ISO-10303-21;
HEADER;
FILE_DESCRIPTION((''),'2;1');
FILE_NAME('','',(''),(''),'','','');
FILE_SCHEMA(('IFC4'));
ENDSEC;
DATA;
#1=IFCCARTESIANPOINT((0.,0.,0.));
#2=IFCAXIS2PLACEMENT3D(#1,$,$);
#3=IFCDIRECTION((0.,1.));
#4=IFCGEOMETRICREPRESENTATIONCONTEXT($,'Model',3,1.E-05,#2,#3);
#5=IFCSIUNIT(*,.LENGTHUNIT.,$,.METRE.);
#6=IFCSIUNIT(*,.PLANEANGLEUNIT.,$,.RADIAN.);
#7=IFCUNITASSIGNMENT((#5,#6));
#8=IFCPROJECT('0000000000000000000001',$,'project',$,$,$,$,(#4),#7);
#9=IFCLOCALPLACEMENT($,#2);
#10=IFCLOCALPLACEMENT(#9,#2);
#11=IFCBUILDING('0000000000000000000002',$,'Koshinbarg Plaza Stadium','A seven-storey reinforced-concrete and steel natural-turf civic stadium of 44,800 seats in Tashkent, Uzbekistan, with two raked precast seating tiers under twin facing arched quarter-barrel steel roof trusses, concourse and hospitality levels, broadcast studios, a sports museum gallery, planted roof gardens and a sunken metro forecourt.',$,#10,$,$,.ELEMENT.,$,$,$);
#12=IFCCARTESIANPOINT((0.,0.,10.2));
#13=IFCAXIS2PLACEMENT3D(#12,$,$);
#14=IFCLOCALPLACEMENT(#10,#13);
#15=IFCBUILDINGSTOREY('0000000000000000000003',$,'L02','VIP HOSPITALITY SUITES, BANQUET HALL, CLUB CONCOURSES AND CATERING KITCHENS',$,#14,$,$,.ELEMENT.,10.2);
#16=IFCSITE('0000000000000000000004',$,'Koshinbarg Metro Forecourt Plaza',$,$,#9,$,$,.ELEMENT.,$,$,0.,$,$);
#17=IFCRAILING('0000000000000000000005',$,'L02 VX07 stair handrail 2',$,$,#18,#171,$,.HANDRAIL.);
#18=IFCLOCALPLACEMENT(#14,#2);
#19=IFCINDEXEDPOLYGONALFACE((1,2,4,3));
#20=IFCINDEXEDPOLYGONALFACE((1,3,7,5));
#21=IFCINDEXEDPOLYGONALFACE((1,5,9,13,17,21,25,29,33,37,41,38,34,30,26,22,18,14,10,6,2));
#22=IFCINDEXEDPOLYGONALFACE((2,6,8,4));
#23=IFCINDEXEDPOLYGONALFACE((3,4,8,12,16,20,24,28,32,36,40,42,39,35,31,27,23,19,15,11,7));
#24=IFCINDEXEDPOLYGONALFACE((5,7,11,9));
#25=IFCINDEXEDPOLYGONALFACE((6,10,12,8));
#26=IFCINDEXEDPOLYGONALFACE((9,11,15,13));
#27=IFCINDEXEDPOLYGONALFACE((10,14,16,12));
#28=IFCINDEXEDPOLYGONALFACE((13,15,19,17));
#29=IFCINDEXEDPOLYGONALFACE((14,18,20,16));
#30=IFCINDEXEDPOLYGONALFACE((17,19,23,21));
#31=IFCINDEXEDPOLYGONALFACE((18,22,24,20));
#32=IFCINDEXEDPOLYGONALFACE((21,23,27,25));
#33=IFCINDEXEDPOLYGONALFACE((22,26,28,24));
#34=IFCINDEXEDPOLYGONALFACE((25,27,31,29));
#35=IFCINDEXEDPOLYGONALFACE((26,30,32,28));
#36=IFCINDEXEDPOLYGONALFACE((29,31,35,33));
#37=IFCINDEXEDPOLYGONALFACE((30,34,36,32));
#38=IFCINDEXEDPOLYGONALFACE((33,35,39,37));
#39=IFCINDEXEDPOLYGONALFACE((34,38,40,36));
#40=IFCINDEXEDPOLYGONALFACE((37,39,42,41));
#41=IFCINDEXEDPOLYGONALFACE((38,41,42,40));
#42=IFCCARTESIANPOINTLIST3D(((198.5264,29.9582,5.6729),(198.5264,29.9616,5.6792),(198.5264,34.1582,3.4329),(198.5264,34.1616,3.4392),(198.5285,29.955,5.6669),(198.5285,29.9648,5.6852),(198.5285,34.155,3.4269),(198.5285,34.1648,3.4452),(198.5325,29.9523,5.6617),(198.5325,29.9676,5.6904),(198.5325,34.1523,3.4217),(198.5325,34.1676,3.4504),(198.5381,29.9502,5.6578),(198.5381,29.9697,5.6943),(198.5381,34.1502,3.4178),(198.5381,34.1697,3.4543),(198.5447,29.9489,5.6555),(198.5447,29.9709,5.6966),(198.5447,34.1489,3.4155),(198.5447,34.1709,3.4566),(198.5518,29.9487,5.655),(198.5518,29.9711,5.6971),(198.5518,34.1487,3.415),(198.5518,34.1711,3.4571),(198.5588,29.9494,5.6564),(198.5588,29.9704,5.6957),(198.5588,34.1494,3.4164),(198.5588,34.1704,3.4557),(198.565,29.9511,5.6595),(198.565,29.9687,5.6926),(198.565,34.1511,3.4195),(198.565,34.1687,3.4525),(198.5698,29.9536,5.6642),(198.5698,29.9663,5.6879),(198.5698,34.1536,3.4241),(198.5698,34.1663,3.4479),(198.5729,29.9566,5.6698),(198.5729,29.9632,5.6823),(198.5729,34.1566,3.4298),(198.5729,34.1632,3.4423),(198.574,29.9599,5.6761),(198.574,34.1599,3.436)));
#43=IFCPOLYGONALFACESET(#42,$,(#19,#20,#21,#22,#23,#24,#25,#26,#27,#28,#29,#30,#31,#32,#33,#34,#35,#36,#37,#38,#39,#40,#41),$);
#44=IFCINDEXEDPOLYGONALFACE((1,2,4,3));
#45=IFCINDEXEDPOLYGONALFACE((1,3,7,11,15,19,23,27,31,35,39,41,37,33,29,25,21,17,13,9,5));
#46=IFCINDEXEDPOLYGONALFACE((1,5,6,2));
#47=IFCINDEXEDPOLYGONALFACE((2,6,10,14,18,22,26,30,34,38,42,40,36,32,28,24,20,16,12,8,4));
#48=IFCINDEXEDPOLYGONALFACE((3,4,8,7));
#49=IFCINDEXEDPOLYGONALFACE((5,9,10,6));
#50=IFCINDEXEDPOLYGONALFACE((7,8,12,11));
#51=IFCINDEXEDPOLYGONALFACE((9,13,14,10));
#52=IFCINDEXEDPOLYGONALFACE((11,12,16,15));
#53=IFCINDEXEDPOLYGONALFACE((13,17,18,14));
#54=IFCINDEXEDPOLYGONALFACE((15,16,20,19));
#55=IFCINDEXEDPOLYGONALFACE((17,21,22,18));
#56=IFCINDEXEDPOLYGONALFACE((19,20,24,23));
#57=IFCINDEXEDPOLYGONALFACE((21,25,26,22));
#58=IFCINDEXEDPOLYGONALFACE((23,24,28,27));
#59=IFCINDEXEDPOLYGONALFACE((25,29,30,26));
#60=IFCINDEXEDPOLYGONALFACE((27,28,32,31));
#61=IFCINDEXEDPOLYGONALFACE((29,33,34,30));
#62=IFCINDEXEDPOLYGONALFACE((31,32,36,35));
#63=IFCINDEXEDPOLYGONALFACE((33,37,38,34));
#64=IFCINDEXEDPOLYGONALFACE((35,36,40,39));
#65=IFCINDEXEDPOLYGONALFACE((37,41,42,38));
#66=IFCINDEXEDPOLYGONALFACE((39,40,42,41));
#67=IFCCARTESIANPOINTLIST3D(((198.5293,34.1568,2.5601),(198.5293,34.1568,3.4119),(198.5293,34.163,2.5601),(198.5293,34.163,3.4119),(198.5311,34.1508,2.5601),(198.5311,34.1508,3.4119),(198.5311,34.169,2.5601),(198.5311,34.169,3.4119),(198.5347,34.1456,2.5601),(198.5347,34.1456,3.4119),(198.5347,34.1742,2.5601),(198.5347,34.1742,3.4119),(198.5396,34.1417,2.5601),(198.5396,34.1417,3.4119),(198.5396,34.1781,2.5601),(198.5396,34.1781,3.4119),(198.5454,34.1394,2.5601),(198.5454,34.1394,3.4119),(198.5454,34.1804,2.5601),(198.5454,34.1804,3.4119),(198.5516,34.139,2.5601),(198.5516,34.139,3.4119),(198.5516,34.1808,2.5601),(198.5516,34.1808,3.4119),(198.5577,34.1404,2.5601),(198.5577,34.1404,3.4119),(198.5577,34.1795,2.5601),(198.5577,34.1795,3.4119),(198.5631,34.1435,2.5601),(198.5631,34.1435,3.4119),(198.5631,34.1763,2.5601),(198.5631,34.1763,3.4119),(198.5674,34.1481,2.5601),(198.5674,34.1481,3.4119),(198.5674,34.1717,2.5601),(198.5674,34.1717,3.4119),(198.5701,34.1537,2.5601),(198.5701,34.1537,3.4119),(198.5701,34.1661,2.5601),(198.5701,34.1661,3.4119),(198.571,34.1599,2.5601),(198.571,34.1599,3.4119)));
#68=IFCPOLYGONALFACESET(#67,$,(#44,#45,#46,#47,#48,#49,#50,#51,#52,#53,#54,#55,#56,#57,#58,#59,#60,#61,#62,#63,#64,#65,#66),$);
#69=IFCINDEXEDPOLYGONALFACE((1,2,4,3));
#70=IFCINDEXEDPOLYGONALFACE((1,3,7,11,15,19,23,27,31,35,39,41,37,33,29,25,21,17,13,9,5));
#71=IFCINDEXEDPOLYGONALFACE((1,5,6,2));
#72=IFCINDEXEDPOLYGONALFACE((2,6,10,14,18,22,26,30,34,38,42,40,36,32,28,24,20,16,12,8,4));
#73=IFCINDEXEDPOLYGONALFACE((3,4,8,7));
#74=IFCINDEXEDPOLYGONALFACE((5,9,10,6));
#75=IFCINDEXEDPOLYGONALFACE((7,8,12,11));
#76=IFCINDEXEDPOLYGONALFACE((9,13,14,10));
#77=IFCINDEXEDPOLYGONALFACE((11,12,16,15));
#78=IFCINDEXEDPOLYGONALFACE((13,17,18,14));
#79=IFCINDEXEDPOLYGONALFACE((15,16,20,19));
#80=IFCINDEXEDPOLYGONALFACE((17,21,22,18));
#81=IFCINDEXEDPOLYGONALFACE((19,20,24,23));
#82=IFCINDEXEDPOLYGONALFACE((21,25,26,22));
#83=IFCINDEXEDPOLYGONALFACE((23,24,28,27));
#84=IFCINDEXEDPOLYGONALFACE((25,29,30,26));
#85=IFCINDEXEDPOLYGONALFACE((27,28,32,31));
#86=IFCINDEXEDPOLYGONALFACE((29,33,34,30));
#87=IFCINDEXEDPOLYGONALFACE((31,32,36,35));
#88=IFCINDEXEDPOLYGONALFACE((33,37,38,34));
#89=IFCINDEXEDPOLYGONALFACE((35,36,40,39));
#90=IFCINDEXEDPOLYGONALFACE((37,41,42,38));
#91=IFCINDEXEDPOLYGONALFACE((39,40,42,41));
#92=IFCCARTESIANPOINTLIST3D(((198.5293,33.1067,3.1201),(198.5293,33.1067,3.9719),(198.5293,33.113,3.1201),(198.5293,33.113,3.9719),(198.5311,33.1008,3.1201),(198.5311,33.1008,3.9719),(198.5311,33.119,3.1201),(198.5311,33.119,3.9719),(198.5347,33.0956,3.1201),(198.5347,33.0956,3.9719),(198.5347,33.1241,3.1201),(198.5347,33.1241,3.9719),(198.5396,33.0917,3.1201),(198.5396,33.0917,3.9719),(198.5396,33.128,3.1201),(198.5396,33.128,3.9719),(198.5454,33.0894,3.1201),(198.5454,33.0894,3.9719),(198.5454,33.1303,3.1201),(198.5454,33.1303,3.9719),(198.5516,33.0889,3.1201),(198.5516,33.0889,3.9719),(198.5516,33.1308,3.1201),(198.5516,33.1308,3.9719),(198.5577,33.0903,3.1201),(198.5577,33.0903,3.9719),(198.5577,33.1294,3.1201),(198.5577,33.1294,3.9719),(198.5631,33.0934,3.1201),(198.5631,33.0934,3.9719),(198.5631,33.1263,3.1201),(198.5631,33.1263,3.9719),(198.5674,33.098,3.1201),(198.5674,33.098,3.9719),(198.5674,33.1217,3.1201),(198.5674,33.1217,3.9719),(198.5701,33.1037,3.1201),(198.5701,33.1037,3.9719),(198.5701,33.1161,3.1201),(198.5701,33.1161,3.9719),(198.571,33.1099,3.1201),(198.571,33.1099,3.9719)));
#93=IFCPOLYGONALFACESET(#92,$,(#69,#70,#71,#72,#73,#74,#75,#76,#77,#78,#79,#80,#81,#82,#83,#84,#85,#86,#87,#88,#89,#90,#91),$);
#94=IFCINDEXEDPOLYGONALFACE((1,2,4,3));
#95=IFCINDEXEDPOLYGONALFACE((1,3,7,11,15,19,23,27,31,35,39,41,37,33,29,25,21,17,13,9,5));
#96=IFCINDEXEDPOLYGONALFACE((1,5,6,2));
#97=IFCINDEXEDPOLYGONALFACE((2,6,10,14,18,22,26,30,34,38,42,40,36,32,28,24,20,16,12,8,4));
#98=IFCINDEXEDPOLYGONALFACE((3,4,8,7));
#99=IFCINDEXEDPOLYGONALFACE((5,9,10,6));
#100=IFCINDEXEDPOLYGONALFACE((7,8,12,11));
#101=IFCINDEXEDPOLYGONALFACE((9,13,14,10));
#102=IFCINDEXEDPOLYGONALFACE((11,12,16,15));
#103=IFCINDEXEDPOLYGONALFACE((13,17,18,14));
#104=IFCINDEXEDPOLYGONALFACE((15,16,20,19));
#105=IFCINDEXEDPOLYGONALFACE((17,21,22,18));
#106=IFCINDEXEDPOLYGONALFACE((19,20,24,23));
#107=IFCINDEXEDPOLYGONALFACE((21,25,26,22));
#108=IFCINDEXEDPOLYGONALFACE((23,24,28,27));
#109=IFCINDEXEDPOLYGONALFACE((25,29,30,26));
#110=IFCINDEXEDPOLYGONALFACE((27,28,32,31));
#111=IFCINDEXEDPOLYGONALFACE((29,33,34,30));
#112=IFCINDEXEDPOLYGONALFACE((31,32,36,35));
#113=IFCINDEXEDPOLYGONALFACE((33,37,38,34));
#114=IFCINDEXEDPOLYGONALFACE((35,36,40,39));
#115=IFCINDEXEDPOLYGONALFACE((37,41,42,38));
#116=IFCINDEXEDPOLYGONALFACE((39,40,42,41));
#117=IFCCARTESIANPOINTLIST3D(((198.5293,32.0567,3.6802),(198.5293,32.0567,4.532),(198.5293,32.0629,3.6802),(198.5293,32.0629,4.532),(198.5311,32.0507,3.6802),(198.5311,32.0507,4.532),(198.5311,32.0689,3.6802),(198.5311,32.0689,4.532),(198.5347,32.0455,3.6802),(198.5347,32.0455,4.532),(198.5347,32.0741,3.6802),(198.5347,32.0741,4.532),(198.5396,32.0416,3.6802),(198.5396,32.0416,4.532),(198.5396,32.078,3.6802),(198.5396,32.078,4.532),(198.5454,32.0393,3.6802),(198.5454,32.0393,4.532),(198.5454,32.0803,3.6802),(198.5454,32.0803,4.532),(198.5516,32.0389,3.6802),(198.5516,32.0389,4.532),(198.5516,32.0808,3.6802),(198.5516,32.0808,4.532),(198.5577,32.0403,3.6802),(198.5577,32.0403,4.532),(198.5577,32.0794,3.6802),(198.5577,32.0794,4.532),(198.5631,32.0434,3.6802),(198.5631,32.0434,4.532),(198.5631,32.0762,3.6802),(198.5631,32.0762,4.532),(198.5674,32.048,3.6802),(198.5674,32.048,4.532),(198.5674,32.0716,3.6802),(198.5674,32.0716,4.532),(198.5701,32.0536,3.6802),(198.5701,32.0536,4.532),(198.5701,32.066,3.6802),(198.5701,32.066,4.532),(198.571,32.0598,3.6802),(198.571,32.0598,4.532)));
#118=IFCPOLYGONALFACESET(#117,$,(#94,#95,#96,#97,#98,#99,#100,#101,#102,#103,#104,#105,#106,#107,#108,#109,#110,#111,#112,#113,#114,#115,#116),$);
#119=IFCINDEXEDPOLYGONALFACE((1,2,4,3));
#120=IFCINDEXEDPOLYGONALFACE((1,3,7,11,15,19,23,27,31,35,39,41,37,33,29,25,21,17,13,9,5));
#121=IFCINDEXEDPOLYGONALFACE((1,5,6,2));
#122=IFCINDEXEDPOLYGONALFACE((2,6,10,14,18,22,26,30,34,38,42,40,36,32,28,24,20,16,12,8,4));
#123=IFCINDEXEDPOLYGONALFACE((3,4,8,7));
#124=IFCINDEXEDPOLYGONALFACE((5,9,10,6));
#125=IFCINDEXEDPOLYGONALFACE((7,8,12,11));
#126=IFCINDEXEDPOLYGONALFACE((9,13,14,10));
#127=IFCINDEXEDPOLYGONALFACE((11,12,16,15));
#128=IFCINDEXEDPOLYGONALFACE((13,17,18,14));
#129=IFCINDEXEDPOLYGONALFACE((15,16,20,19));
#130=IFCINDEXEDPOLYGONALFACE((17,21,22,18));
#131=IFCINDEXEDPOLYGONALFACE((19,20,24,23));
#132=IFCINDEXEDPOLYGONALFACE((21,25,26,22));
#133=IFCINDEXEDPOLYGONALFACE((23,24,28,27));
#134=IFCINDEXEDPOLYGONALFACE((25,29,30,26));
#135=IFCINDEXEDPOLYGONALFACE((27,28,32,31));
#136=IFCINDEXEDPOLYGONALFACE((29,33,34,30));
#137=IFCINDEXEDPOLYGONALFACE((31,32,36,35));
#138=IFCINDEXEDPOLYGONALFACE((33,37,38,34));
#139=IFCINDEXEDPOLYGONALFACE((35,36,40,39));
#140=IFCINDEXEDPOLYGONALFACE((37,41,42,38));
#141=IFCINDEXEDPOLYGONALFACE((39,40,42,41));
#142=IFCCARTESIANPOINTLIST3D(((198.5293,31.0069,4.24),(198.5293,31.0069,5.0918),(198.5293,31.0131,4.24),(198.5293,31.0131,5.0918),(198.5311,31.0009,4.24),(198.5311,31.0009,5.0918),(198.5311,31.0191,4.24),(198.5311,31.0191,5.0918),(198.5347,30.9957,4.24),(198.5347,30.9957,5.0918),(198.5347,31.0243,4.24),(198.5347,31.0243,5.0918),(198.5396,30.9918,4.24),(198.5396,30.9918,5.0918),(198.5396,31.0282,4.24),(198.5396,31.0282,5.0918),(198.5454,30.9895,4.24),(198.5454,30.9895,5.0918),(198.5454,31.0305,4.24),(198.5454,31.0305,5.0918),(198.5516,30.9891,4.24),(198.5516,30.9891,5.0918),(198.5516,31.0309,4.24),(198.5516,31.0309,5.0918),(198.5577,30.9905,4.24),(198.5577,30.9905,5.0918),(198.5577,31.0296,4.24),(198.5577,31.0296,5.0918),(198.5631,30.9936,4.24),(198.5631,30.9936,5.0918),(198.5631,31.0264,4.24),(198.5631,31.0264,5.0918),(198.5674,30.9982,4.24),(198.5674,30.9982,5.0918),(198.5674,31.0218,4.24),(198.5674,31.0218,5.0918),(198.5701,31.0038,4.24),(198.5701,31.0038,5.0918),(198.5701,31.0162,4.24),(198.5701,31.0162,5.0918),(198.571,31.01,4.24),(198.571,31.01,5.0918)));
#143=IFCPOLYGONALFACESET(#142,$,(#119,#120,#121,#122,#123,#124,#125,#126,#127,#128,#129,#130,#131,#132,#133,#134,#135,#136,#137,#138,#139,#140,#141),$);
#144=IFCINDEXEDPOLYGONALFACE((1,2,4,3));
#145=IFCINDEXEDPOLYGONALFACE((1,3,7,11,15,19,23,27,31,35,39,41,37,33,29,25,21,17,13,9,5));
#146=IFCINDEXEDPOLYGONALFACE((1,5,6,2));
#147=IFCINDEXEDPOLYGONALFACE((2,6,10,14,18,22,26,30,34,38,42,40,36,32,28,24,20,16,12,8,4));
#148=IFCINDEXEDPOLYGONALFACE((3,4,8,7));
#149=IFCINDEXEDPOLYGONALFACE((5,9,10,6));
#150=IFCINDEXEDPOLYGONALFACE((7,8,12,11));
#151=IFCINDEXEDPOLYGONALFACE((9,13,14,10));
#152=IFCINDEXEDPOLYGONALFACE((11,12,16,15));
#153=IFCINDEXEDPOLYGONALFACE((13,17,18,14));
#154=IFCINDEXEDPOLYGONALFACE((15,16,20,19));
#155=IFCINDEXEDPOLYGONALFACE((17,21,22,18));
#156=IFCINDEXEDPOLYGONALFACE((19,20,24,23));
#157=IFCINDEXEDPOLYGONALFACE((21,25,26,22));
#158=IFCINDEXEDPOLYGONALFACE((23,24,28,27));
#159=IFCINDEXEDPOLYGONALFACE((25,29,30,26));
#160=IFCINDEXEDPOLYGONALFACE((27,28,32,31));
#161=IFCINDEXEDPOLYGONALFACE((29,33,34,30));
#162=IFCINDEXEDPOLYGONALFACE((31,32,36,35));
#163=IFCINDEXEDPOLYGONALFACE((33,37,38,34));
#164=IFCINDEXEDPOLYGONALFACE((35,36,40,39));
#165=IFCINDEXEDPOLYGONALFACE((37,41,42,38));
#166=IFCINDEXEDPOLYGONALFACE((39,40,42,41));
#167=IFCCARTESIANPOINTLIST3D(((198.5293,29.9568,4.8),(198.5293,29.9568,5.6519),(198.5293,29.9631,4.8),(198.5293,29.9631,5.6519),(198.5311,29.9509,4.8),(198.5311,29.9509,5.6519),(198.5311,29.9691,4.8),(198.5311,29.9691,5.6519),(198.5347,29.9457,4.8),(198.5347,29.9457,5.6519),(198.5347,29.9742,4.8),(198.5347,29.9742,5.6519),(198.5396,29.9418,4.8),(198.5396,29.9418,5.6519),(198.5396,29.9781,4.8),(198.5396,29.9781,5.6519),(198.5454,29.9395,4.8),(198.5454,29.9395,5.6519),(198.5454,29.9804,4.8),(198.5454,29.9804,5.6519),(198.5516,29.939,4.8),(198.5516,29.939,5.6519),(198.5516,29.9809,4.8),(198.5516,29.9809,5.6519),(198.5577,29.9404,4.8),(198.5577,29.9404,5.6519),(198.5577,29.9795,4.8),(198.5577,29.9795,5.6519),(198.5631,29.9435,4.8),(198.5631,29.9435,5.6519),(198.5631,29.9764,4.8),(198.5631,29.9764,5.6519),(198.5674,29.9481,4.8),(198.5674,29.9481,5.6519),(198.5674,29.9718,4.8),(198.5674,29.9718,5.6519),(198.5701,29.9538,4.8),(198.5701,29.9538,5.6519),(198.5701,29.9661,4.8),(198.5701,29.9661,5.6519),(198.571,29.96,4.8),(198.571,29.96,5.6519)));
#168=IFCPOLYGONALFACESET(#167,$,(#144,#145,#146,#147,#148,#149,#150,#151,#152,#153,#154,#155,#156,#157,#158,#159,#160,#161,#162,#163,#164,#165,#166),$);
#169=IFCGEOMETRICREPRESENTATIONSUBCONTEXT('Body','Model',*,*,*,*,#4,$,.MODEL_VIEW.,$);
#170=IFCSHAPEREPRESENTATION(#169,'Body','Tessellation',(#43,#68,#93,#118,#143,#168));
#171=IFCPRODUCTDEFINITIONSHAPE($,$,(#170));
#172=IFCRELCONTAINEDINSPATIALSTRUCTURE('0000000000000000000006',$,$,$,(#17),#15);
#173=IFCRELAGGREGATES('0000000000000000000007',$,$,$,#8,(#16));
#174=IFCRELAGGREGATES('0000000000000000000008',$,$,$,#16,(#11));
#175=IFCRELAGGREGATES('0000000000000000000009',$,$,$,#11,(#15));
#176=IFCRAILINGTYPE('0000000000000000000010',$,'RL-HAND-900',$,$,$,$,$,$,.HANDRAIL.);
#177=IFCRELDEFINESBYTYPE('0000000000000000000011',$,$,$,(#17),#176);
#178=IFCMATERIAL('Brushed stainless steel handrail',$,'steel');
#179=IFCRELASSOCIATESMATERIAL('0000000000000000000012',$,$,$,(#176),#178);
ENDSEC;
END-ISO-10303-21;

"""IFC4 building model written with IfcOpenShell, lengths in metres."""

from ifc_helpers import new_model, si_unit, direction, frame, origin, origin_2d, place, context, subcontext, project, spatial, circle, extrude, material, type_object, element, save


model = new_model("IFC4")

# Units and contexts
model_context = context("Model", 3, precision=1e-05, world=origin(), true_north=direction((0.0, 1.0)))
body_context = subcontext(model_context, "Body", "Model", "MODEL_VIEW")
ifc_project = project(units=[si_unit("LENGTHUNIT", "METRE"), si_unit("PLANEANGLEUNIT", "RADIAN")], contexts=[model_context])

# Site, building, storey
site_placement = place(None, origin())
site = spatial("IfcSite", under=ifc_project, at=site_placement, Name="Koshinbarg Metro Forecourt Plaza", CompositionType="ELEMENT", RefElevation=0.0)
building_placement = place(site_placement, origin())
building = spatial("IfcBuilding", under=site, at=building_placement, Name="Koshinbarg Plaza Stadium", Description="A seven-storey reinforced-concrete and steel natural-turf civic stadium of 44,800 seats in Tashkent, Uzbekistan, with two raked precast seating tiers under twin facing arched quarter-barrel steel roof trusses, concourse and hospitality levels, broadcast studios, a sports museum gallery, planted roof gardens and a sunken metro forecourt.", CompositionType="ELEMENT")
storey_placement = place(building_placement, frame((0.0, 0.0, 10.2)))
storey = spatial("IfcBuildingStorey", under=building, at=storey_placement, Name="L02", Description="VIP HOSPITALITY SUITES, BANQUET HALL, CLUB CONCOURSES AND CATERING KITCHENS", CompositionType="ELEMENT", Elevation=10.2)

# Railing
ifc_material_1 = material(Name="Brushed stainless steel handrail", Category="steel")
railing_type_1 = type_object("IfcRailingType", Name="RL-HAND-900", PredefinedType="HANDRAIL", material=ifc_material_1)
for number, where, name in (
    (1, (198.55, 34.1599, 2.5601), "L02 VX07 stair handrail 2"),
):
    element("IfcRailing", number, at=place(storey_placement, frame(where)), inside=storey, type_object=railing_type_1, Name=name, PredefinedType="HANDRAIL", context=body_context, shape_type="SweptSolid", body=[
        extrude(circle(Radius=0.0239, at=origin_2d()), frame((0.0, 0.0, 0.876), z_axis=(0.0, -0.882352, 0.470591), x_axis=(1.0, 0.0, 0.0)), (0.0, 0.0, 1.0), 4.76),
        extrude(circle(Radius=0.021, at=origin_2d()), origin(), (0.0, 0.0, 1.0), 0.8518),
        extrude(circle(Radius=0.021, at=origin_2d()), frame((0.0, -1.05, 0.5601)), (0.0, 0.0, 1.0), 0.8518),
        extrude(circle(Radius=0.021, at=origin_2d()), frame((0.0, -2.1001, 1.1201)), (0.0, 0.0, 1.0), 0.8518),
        extrude(circle(Radius=0.021, at=origin_2d()), frame((0.0, -3.1499, 1.6799)), (0.0, 0.0, 1.0), 0.8518),
        extrude(circle(Radius=0.021, at=origin_2d()), frame((0.0, -4.2, 2.24)), (0.0, 0.0, 1.0), 0.8518),
    ])

save(model, "model.ifc")
